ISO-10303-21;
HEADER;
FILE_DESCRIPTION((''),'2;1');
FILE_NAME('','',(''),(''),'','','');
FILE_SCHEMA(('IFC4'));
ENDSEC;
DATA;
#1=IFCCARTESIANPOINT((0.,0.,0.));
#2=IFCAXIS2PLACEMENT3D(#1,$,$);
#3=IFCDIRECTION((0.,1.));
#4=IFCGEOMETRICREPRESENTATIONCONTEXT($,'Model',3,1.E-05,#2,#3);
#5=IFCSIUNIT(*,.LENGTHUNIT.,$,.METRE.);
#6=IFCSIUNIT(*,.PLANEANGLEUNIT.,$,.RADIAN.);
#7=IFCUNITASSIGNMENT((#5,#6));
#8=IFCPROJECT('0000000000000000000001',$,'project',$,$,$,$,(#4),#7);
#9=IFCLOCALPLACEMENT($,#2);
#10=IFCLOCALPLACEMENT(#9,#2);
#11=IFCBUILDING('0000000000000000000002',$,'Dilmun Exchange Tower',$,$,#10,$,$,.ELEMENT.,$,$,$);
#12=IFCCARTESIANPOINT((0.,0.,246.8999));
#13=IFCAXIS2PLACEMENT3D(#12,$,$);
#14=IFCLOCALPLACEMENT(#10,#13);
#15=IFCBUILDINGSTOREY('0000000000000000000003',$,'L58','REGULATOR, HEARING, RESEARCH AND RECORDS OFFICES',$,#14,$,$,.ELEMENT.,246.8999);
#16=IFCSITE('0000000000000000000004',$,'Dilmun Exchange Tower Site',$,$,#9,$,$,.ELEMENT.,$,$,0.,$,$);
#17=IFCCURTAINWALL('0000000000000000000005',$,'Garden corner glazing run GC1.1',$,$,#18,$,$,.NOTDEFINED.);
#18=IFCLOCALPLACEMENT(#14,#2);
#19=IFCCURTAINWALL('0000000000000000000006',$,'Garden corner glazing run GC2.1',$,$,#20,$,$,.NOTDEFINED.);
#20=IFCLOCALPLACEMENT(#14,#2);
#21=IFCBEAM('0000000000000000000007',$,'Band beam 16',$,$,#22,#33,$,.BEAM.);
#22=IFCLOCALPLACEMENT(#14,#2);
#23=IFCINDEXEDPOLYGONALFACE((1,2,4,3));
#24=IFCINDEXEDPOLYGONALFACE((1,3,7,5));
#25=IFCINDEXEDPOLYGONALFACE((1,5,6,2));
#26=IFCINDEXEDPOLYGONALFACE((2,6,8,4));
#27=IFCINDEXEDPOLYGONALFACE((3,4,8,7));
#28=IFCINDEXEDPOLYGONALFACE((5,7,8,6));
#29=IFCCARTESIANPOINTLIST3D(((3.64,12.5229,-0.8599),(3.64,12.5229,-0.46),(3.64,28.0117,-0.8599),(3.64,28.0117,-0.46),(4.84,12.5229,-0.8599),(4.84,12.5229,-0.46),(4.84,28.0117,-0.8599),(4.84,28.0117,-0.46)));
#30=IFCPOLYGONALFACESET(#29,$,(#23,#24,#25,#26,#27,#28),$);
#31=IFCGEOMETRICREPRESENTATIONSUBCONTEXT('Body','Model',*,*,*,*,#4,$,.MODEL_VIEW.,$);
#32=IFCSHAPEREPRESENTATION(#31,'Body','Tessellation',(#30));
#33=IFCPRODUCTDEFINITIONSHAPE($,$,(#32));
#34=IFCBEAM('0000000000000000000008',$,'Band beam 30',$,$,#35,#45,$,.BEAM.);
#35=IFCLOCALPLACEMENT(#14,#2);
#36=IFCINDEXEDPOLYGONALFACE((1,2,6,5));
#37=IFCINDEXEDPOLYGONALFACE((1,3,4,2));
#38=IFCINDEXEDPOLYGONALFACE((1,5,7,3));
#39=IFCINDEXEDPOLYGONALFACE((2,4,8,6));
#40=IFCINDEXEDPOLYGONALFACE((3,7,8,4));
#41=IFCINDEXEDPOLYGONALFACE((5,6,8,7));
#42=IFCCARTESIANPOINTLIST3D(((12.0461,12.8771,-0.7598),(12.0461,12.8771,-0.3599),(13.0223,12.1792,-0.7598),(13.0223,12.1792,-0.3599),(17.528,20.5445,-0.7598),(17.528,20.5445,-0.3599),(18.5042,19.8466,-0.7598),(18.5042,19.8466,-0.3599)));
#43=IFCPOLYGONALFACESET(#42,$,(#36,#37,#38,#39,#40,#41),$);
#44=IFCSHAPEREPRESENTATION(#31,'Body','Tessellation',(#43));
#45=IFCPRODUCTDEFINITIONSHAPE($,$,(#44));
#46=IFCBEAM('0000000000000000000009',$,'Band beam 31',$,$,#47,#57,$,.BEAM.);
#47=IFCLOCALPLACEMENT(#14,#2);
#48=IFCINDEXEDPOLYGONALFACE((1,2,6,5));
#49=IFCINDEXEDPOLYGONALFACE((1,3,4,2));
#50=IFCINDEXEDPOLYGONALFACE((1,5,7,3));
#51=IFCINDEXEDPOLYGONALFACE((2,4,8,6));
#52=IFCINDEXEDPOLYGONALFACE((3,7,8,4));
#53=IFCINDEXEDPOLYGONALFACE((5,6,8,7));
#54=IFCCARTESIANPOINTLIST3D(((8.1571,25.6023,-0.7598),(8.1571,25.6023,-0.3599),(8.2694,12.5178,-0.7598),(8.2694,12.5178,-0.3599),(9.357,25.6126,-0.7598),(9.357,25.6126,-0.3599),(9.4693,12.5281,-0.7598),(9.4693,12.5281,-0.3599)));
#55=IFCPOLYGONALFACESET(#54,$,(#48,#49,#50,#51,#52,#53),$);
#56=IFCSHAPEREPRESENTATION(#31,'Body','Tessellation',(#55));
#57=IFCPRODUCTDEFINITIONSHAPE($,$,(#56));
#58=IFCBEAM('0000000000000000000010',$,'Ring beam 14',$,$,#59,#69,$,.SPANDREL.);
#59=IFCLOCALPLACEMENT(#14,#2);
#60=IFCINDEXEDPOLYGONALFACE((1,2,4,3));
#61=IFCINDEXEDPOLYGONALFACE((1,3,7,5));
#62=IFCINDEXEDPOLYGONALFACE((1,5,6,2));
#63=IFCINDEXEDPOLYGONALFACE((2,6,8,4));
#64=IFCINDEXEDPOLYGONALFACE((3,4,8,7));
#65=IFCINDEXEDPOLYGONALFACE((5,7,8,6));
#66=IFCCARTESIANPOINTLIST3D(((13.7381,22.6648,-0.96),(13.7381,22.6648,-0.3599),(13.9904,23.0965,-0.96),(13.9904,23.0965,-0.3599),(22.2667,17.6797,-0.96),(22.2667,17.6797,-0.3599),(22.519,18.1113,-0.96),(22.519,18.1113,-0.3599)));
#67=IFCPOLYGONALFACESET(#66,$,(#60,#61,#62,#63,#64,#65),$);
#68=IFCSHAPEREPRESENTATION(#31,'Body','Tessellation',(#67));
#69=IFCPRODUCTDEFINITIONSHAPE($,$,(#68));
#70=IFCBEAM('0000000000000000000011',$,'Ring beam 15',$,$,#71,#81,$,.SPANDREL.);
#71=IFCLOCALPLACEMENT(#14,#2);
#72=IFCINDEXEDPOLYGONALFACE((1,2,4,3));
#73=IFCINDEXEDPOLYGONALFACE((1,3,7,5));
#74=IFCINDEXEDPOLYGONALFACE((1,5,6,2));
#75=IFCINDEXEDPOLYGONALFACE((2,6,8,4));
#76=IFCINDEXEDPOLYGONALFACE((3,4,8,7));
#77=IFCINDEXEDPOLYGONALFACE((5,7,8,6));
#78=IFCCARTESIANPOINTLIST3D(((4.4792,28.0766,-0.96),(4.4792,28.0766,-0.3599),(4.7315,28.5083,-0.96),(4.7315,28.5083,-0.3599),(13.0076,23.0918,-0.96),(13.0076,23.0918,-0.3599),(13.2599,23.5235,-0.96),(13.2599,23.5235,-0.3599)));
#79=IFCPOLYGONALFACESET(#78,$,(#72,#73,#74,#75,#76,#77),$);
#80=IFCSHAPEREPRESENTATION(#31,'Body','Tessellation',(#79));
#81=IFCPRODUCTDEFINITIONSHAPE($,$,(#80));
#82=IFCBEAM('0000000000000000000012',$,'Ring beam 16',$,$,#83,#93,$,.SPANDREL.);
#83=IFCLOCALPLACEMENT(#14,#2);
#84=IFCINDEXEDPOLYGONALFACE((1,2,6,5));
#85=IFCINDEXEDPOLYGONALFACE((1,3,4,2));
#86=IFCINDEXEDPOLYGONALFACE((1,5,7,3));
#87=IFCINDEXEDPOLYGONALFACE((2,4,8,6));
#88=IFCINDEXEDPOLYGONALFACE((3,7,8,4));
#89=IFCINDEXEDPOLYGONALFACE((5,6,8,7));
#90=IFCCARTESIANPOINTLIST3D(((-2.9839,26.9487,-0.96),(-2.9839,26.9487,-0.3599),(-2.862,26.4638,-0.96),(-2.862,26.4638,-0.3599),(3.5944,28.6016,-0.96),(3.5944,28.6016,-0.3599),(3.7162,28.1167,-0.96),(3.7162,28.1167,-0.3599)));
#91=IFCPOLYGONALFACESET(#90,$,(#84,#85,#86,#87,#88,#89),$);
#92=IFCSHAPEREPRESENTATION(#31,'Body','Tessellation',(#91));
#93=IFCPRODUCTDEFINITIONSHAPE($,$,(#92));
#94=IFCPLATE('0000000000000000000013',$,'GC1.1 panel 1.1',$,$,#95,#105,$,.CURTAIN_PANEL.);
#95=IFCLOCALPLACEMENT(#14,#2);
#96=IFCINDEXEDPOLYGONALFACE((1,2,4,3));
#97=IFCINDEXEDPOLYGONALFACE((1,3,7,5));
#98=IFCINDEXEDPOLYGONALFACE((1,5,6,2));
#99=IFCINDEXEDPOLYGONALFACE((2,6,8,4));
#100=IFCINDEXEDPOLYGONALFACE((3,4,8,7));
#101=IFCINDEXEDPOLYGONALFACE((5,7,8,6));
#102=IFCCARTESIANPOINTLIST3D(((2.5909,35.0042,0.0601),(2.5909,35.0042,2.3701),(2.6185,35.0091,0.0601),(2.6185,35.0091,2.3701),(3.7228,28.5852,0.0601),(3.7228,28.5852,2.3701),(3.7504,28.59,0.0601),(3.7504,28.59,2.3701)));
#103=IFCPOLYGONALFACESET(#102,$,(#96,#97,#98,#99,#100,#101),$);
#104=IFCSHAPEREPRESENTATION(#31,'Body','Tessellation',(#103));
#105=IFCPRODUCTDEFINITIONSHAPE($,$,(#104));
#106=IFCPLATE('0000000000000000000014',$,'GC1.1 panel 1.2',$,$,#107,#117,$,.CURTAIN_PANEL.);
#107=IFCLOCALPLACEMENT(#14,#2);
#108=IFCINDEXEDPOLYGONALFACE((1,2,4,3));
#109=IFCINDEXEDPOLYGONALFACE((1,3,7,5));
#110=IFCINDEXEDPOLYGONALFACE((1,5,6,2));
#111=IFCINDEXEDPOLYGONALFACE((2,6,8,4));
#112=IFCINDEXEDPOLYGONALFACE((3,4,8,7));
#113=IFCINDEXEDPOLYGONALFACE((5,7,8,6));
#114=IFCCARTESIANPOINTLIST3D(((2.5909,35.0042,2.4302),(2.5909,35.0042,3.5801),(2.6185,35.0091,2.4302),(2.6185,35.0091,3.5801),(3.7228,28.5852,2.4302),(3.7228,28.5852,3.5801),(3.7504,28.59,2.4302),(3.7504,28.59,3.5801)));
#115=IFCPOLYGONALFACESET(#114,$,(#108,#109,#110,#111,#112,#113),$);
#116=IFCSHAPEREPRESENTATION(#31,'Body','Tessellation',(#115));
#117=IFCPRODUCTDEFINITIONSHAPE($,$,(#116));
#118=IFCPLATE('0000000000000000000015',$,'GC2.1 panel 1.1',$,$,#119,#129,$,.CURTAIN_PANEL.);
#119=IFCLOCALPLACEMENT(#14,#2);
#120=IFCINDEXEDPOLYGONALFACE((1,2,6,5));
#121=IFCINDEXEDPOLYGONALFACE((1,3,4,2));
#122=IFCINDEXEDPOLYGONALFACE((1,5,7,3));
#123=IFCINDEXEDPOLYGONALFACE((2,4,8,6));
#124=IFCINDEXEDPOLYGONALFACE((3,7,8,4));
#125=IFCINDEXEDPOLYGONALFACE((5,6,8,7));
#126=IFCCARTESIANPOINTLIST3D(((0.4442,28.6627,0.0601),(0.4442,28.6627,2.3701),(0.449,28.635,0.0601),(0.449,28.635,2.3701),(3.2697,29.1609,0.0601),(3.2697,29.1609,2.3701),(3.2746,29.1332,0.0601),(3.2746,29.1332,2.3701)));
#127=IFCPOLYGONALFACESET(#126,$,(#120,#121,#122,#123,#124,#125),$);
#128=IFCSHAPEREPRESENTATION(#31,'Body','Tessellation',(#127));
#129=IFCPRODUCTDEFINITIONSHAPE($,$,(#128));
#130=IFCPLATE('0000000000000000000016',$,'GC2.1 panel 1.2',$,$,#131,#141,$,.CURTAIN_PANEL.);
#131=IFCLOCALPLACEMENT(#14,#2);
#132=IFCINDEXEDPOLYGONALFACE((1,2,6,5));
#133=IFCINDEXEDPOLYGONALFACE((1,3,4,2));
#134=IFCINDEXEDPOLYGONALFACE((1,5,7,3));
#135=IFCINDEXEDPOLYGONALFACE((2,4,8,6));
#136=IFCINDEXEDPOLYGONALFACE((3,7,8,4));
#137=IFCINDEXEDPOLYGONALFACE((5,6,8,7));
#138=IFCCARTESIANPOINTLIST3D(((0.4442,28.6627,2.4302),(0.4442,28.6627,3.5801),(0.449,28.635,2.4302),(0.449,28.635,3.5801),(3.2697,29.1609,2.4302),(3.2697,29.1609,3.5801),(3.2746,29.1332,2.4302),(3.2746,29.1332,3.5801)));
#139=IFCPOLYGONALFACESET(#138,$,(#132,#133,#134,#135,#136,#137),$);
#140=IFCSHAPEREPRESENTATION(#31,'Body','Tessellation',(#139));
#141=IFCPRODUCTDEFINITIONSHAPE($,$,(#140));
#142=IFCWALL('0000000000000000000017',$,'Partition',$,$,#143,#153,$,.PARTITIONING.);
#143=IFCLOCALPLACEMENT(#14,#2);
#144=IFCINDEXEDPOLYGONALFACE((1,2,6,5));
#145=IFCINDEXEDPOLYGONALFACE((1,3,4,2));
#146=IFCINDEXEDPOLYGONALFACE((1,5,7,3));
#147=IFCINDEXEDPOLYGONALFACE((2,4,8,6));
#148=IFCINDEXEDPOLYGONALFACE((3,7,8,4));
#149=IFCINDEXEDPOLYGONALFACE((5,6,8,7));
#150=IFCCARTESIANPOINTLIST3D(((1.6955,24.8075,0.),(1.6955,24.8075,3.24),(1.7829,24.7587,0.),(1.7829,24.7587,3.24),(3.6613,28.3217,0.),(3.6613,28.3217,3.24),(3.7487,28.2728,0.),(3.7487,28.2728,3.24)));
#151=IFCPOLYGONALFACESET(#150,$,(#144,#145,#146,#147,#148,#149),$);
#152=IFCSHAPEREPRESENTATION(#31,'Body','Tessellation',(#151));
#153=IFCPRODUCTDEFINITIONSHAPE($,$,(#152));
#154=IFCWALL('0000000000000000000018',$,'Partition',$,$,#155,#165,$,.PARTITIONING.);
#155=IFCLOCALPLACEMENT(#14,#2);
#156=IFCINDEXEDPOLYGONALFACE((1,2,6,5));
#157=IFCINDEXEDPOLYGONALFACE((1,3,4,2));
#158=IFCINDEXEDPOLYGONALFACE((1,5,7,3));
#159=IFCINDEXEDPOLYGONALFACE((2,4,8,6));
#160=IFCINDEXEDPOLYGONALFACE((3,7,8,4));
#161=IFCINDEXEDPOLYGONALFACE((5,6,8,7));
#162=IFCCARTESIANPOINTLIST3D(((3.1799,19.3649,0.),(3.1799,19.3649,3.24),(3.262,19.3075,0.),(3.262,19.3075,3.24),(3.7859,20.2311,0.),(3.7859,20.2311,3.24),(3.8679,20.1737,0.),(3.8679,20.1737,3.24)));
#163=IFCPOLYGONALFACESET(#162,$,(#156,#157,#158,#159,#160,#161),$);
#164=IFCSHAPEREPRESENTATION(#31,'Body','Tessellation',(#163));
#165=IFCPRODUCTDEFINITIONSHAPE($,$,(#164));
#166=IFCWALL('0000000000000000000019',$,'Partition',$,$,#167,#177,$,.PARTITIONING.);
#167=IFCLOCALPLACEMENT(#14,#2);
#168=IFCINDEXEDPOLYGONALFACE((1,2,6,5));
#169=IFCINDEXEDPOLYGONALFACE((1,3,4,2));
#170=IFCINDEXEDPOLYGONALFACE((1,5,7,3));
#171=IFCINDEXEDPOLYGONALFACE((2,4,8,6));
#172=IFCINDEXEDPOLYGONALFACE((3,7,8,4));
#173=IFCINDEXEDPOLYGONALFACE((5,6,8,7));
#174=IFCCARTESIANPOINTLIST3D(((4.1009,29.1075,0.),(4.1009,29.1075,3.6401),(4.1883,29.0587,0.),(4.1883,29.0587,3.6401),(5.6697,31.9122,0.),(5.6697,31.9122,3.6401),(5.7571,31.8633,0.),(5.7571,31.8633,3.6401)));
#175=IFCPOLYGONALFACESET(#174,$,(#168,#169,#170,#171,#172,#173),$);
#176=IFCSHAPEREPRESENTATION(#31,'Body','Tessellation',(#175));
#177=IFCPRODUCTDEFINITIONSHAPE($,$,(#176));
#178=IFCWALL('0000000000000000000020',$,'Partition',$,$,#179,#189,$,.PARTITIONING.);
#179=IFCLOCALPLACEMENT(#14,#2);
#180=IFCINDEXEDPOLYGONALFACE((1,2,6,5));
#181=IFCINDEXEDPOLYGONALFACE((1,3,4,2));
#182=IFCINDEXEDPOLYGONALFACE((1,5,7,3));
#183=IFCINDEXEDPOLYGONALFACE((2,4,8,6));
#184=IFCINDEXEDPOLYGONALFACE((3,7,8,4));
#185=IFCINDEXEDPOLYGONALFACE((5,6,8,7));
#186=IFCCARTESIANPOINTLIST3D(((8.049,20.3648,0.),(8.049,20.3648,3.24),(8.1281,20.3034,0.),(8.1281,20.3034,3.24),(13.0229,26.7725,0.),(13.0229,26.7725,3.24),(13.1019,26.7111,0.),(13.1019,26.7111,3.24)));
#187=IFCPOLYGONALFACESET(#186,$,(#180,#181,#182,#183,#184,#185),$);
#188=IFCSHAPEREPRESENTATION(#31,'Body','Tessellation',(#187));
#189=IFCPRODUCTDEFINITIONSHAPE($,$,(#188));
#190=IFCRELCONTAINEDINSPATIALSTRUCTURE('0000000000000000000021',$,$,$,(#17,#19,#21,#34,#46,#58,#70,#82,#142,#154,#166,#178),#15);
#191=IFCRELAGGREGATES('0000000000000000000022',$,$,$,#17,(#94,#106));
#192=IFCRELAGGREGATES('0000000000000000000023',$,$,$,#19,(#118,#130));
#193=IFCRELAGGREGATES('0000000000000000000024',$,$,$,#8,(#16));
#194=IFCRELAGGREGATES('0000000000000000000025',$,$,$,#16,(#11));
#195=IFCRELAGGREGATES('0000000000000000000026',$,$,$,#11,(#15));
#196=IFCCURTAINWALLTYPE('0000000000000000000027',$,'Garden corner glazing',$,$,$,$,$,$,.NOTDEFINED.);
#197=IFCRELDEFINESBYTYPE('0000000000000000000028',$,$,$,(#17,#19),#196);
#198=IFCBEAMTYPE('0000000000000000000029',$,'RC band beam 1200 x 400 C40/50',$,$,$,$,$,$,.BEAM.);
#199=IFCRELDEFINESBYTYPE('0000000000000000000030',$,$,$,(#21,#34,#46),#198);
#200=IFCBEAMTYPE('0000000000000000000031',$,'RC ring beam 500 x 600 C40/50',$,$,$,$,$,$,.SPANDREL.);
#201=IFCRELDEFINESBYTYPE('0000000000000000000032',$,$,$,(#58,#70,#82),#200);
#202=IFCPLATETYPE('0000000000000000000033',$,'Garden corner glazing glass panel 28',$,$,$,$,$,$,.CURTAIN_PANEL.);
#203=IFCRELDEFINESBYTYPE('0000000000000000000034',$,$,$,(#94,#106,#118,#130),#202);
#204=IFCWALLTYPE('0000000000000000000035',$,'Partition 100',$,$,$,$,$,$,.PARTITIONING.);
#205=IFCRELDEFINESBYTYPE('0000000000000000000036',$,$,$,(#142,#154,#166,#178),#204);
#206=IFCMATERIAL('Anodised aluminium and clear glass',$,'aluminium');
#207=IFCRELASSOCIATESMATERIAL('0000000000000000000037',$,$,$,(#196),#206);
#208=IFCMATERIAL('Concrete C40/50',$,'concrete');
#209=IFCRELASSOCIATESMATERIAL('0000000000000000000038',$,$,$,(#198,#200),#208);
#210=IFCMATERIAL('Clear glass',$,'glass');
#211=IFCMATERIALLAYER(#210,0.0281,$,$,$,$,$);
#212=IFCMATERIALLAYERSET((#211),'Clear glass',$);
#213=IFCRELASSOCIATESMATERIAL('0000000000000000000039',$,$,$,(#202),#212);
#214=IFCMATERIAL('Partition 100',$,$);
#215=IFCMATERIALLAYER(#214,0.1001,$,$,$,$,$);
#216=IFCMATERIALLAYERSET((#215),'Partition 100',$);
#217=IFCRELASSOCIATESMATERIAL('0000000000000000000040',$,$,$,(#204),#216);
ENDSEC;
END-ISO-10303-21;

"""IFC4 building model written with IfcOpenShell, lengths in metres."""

from ifc_helpers import new_model, si_unit, direction, frame, frame_2d, origin, origin_2d, place, context, subcontext, project, spatial, rectangle, extrude, material, layer, layer_set, material_profile, profile_set, type_object, element, aggregate, save


model = new_model("IFC4")

# Units and contexts
model_context = context("Model", 3, precision=1e-05, world=origin(), true_north=direction((0.0, 1.0)))
body_context = subcontext(model_context, "Body", "Model", "MODEL_VIEW")
ifc_project = project(units=[si_unit("LENGTHUNIT", "METRE"), si_unit("PLANEANGLEUNIT", "RADIAN")], contexts=[model_context])

# Site, building, storey
site_placement = place(None, origin())
site = spatial("IfcSite", under=ifc_project, at=site_placement, Name="Dilmun Exchange Tower Site", CompositionType="ELEMENT", RefElevation=0.0)
building_placement = place(site_placement, origin())
building = spatial("IfcBuilding", under=site, at=building_placement, Name="Dilmun Exchange Tower", CompositionType="ELEMENT")
storey_placement = place(building_placement, frame((0.0, 0.0, 246.8999)))
storey = spatial("IfcBuildingStorey", under=building, at=storey_placement, Name="L58", Description="REGULATOR, HEARING, RESEARCH AND RECORDS OFFICES", CompositionType="ELEMENT", Elevation=246.8999)

# Curtain wall
ifc_material_1 = material(Name="Anodised aluminium and clear glass", Category="aluminium")
curtain_wall_type = type_object("IfcCurtainWallType", Name="Garden corner glazing", PredefinedType="NOTDEFINED", material=ifc_material_1)
curtain_wall_1_placement = place(storey_placement, origin())
curtain_wall_1 = element("IfcCurtainWall", 1, at=curtain_wall_1_placement, inside=storey, type_object=curtain_wall_type, Name="Garden corner glazing run GC1.1", PredefinedType="NOTDEFINED")

# Curtain wall
curtain_wall_2_placement = place(storey_placement, origin())
curtain_wall_2 = element("IfcCurtainWall", 2, at=curtain_wall_2_placement, inside=storey, type_object=curtain_wall_type, Name="Garden corner glazing run GC2.1", PredefinedType="NOTDEFINED")

# Beams
ifc_material_2 = material(Name="Concrete C40/50", Category="concrete")
ifc_material_profile_1 = material_profile(ifc_material_2, rectangle(XDim=1.2, YDim=0.3999, at=origin_2d()), Name="1200 x 400")
ifc_profile_set_1 = profile_set([ifc_material_profile_1], Name="Concrete C40/50")
beam_type_1 = type_object("IfcBeamType", Name="RC band beam 1200 x 400 C40/50", PredefinedType="BEAM", material=ifc_profile_set_1)
beam_1_placement = place(storey_placement, frame((4.24, 28.0117, -0.6599), z_axis=(0.0, -1.0, 0.0), x_axis=(1.0, 0.0, 0.0)))
element("IfcBeam", 3, at=beam_1_placement, inside=storey, type_object=beam_type_1, Name="Band beam 16", PredefinedType="BEAM", context=body_context, shape_type="SweptSolid", body=[
    extrude(rectangle(XDim=1.2, YDim=0.3999, at=origin_2d()), origin(), (0.0, 0.0, 1.0), 15.4888),
])
beam_2_placement = place(storey_placement, frame((18.0161, 20.1956, -0.5598), z_axis=(-0.581601, -0.813474, 0.0), x_axis=(0.813474, -0.581601, 0.0)))
element("IfcBeam", 4, at=beam_2_placement, inside=storey, type_object=beam_type_1, Name="Band beam 30", PredefinedType="BEAM", context=body_context, shape_type="SweptSolid", body=[
    extrude(rectangle(XDim=1.2, YDim=0.3999, at=origin_2d()), origin(), (0.0, 0.0, 1.0), 9.4255),
])
beam_3_placement = place(storey_placement, frame((8.7571, 25.6074, -0.5598), z_axis=(0.008583, -0.999963, 0.0), x_axis=(0.999963, 0.008583, 0.0)))
element("IfcBeam", 5, at=beam_3_placement, inside=storey, type_object=beam_type_1, Name="Band beam 31", PredefinedType="BEAM", context=body_context, shape_type="SweptSolid", body=[
    extrude(rectangle(XDim=1.2, YDim=0.3999, at=origin_2d()), origin(), (0.0, 0.0, 1.0), 13.085),
])
ifc_material_profile_2 = material_profile(ifc_material_2, rectangle(XDim=0.5, YDim=0.6001, at=origin_2d()), Name="500 x 600")
ifc_profile_set_2 = profile_set([ifc_material_profile_2], Name="Concrete C40/50")
beam_type_2 = type_object("IfcBeamType", Name="RC ring beam 500 x 600 C40/50", PredefinedType="SPANDREL", material=ifc_profile_set_2)
beam_4_placement = place(storey_placement, frame((22.3928, 17.8955, -0.6599), z_axis=(-0.863333, 0.504635, 0.0), x_axis=(-0.504635, -0.863333, 0.0)))
element("IfcBeam", 6, at=beam_4_placement, inside=storey, type_object=beam_type_2, Name="Ring beam 14", PredefinedType="SPANDREL", context=body_context, shape_type="SweptSolid", body=[
    extrude(rectangle(XDim=0.5, YDim=0.6001, at=origin_2d()), origin(), (0.0, 0.0, 1.0), 9.8787),
])
beam_5_placement = place(storey_placement, frame((13.1338, 23.3076, -0.6599), z_axis=(-0.863344, 0.504616, 0.0), x_axis=(-0.504616, -0.863344, 0.0)))
element("IfcBeam", 7, at=beam_5_placement, inside=storey, type_object=beam_type_2, Name="Ring beam 15", PredefinedType="SPANDREL", context=body_context, shape_type="SweptSolid", body=[
    extrude(rectangle(XDim=0.5, YDim=0.6001, at=origin_2d()), origin(), (0.0, 0.0, 1.0), 9.8784),
])
beam_6_placement = place(storey_placement, frame((3.6553, 28.3591, -0.6599), z_axis=(-0.969854, -0.243687, 0.0), x_axis=(0.243687, -0.969854, 0.0)))
element("IfcBeam", 8, at=beam_6_placement, inside=storey, type_object=beam_type_2, Name="Ring beam 16", PredefinedType="SPANDREL", context=body_context, shape_type="SweptSolid", body=[
    extrude(rectangle(XDim=0.5, YDim=0.6001, at=origin_2d()), origin(), (0.0, 0.0, 1.0), 6.7827),
])

# Plates
ifc_material_3 = material(Name="Clear glass", Category="glass")
ifc_layer_1 = layer(ifc_material_3, 0.0281)
ifc_layer_set_1 = layer_set([ifc_layer_1], Name="Clear glass")
plate_type = type_object("IfcPlateType", Name="Garden corner glazing glass panel 28", PredefinedType="CURTAIN_PANEL", material=ifc_layer_set_1)
plate_1_placement = place(storey_placement, frame((3.1707, 31.7971, 0.0601), z_axis=(0.0, 0.0, 1.0), x_axis=(0.17365, -0.984807, 0.0)))
plate_1 = element("IfcPlate", 9, at=plate_1_placement, type_object=plate_type, Name="GC1.1 panel 1.1", PredefinedType="CURTAIN_PANEL", context=body_context, shape_type="SweptSolid", body=[
    extrude(rectangle(XDim=6.5181, YDim=0.0281, at=origin_2d()), origin(), (0.0, 0.0, 1.0), 2.3101),
])
plate_2_placement = place(storey_placement, frame((3.1707, 31.7971, 2.4302), z_axis=(0.0, 0.0, 1.0), x_axis=(0.17365, -0.984807, 0.0)))
plate_2 = element("IfcPlate", 10, at=plate_2_placement, type_object=plate_type, Name="GC1.1 panel 1.2", PredefinedType="CURTAIN_PANEL", context=body_context, shape_type="SweptSolid", body=[
    extrude(rectangle(XDim=6.5181, YDim=0.0281, at=origin_2d()), origin(), (0.0, 0.0, 1.0), 1.1499),
])
aggregate(curtain_wall_1, [plate_1, plate_2])
plate_3_placement = place(storey_placement, frame((1.8594, 28.8979, 0.0601), z_axis=(0.0, 0.0, 1.0), x_axis=(-0.984811, -0.173631, 0.0)))
plate_3 = element("IfcPlate", 11, at=plate_3_placement, type_object=plate_type, Name="GC2.1 panel 1.1", PredefinedType="CURTAIN_PANEL", context=body_context, shape_type="SweptSolid", body=[
    extrude(rectangle(XDim=2.8691, YDim=0.0281, at=origin_2d()), origin(), (0.0, 0.0, 1.0), 2.3101),
])
plate_4_placement = place(storey_placement, frame((1.8594, 28.8979, 2.4302), z_axis=(0.0, 0.0, 1.0), x_axis=(-0.984811, -0.173631, 0.0)))
plate_4 = element("IfcPlate", 12, at=plate_4_placement, type_object=plate_type, Name="GC2.1 panel 1.2", PredefinedType="CURTAIN_PANEL", context=body_context, shape_type="SweptSolid", body=[
    extrude(rectangle(XDim=2.8691, YDim=0.0281, at=origin_2d()), origin(), (0.0, 0.0, 1.0), 1.1499),
])
aggregate(curtain_wall_2, [plate_3, plate_4])

# Walls
ifc_material_4 = material(Name="Partition 100")
ifc_layer_2 = layer(ifc_material_4, 0.1001)
ifc_layer_set_2 = layer_set([ifc_layer_2], Name="Partition 100")
wall_type = type_object("IfcWallType", Name="Partition 100", PredefinedType="PARTITIONING", material=ifc_layer_set_2)
wall_1_placement = place(storey_placement, frame((1.7393, 24.7832, 0.0), z_axis=(0.0, 0.0, 1.0), x_axis=(0.488205, 0.872729, 0.0)))
element("IfcWall", 13, at=wall_1_placement, inside=storey, type_object=wall_type, Name="Partition", PredefinedType="PARTITIONING", context=body_context, shape_type="SweptSolid", body=[
    extrude(rectangle(XDim=4.0266, YDim=0.1001, at=frame_2d((2.0132, 0.0))), origin(), (0.0, 0.0, 1.0), 3.24),
])
wall_2_placement = place(storey_placement, frame((3.2209, 19.3362, 0.0), z_axis=(0.0, 0.0, 1.0), x_axis=(0.573214, 0.819405, 0.0)))
element("IfcWall", 14, at=wall_2_placement, inside=storey, type_object=wall_type, Name="Partition", PredefinedType="PARTITIONING", context=body_context, shape_type="SweptSolid", body=[
    extrude(rectangle(XDim=1.0571, YDim=0.1001, at=frame_2d((0.5286, 0.0))), origin(), (0.0, 0.0, 1.0), 3.24),
])
wall_3_placement = place(storey_placement, frame((4.1445, 29.083, 0.0), z_axis=(0.0, 0.0, 1.0), x_axis=(0.488182, 0.872742, 0.0)))
element("IfcWall", 15, at=wall_3_placement, inside=storey, type_object=wall_type, Name="Partition", PredefinedType="PARTITIONING", context=body_context, shape_type="SweptSolid", body=[
    extrude(rectangle(XDim=3.2136, YDim=0.1001, at=frame_2d((1.6069, 0.0))), origin(), (0.0, 0.0, 1.0), 3.6401),
])
wall_4_placement = place(storey_placement, frame((8.0886, 20.3342, 0.0), z_axis=(0.0, 0.0, 1.0), x_axis=(0.61318, 0.789943, 0.0)))
element("IfcWall", 16, at=wall_4_placement, inside=storey, type_object=wall_type, Name="Partition", PredefinedType="PARTITIONING", context=body_context, shape_type="SweptSolid", body=[
    extrude(rectangle(XDim=8.1116, YDim=0.1001, at=frame_2d((4.0557, 0.0))), origin(), (0.0, 0.0, 1.0), 3.24),
])

save(model, "model.ifc")
